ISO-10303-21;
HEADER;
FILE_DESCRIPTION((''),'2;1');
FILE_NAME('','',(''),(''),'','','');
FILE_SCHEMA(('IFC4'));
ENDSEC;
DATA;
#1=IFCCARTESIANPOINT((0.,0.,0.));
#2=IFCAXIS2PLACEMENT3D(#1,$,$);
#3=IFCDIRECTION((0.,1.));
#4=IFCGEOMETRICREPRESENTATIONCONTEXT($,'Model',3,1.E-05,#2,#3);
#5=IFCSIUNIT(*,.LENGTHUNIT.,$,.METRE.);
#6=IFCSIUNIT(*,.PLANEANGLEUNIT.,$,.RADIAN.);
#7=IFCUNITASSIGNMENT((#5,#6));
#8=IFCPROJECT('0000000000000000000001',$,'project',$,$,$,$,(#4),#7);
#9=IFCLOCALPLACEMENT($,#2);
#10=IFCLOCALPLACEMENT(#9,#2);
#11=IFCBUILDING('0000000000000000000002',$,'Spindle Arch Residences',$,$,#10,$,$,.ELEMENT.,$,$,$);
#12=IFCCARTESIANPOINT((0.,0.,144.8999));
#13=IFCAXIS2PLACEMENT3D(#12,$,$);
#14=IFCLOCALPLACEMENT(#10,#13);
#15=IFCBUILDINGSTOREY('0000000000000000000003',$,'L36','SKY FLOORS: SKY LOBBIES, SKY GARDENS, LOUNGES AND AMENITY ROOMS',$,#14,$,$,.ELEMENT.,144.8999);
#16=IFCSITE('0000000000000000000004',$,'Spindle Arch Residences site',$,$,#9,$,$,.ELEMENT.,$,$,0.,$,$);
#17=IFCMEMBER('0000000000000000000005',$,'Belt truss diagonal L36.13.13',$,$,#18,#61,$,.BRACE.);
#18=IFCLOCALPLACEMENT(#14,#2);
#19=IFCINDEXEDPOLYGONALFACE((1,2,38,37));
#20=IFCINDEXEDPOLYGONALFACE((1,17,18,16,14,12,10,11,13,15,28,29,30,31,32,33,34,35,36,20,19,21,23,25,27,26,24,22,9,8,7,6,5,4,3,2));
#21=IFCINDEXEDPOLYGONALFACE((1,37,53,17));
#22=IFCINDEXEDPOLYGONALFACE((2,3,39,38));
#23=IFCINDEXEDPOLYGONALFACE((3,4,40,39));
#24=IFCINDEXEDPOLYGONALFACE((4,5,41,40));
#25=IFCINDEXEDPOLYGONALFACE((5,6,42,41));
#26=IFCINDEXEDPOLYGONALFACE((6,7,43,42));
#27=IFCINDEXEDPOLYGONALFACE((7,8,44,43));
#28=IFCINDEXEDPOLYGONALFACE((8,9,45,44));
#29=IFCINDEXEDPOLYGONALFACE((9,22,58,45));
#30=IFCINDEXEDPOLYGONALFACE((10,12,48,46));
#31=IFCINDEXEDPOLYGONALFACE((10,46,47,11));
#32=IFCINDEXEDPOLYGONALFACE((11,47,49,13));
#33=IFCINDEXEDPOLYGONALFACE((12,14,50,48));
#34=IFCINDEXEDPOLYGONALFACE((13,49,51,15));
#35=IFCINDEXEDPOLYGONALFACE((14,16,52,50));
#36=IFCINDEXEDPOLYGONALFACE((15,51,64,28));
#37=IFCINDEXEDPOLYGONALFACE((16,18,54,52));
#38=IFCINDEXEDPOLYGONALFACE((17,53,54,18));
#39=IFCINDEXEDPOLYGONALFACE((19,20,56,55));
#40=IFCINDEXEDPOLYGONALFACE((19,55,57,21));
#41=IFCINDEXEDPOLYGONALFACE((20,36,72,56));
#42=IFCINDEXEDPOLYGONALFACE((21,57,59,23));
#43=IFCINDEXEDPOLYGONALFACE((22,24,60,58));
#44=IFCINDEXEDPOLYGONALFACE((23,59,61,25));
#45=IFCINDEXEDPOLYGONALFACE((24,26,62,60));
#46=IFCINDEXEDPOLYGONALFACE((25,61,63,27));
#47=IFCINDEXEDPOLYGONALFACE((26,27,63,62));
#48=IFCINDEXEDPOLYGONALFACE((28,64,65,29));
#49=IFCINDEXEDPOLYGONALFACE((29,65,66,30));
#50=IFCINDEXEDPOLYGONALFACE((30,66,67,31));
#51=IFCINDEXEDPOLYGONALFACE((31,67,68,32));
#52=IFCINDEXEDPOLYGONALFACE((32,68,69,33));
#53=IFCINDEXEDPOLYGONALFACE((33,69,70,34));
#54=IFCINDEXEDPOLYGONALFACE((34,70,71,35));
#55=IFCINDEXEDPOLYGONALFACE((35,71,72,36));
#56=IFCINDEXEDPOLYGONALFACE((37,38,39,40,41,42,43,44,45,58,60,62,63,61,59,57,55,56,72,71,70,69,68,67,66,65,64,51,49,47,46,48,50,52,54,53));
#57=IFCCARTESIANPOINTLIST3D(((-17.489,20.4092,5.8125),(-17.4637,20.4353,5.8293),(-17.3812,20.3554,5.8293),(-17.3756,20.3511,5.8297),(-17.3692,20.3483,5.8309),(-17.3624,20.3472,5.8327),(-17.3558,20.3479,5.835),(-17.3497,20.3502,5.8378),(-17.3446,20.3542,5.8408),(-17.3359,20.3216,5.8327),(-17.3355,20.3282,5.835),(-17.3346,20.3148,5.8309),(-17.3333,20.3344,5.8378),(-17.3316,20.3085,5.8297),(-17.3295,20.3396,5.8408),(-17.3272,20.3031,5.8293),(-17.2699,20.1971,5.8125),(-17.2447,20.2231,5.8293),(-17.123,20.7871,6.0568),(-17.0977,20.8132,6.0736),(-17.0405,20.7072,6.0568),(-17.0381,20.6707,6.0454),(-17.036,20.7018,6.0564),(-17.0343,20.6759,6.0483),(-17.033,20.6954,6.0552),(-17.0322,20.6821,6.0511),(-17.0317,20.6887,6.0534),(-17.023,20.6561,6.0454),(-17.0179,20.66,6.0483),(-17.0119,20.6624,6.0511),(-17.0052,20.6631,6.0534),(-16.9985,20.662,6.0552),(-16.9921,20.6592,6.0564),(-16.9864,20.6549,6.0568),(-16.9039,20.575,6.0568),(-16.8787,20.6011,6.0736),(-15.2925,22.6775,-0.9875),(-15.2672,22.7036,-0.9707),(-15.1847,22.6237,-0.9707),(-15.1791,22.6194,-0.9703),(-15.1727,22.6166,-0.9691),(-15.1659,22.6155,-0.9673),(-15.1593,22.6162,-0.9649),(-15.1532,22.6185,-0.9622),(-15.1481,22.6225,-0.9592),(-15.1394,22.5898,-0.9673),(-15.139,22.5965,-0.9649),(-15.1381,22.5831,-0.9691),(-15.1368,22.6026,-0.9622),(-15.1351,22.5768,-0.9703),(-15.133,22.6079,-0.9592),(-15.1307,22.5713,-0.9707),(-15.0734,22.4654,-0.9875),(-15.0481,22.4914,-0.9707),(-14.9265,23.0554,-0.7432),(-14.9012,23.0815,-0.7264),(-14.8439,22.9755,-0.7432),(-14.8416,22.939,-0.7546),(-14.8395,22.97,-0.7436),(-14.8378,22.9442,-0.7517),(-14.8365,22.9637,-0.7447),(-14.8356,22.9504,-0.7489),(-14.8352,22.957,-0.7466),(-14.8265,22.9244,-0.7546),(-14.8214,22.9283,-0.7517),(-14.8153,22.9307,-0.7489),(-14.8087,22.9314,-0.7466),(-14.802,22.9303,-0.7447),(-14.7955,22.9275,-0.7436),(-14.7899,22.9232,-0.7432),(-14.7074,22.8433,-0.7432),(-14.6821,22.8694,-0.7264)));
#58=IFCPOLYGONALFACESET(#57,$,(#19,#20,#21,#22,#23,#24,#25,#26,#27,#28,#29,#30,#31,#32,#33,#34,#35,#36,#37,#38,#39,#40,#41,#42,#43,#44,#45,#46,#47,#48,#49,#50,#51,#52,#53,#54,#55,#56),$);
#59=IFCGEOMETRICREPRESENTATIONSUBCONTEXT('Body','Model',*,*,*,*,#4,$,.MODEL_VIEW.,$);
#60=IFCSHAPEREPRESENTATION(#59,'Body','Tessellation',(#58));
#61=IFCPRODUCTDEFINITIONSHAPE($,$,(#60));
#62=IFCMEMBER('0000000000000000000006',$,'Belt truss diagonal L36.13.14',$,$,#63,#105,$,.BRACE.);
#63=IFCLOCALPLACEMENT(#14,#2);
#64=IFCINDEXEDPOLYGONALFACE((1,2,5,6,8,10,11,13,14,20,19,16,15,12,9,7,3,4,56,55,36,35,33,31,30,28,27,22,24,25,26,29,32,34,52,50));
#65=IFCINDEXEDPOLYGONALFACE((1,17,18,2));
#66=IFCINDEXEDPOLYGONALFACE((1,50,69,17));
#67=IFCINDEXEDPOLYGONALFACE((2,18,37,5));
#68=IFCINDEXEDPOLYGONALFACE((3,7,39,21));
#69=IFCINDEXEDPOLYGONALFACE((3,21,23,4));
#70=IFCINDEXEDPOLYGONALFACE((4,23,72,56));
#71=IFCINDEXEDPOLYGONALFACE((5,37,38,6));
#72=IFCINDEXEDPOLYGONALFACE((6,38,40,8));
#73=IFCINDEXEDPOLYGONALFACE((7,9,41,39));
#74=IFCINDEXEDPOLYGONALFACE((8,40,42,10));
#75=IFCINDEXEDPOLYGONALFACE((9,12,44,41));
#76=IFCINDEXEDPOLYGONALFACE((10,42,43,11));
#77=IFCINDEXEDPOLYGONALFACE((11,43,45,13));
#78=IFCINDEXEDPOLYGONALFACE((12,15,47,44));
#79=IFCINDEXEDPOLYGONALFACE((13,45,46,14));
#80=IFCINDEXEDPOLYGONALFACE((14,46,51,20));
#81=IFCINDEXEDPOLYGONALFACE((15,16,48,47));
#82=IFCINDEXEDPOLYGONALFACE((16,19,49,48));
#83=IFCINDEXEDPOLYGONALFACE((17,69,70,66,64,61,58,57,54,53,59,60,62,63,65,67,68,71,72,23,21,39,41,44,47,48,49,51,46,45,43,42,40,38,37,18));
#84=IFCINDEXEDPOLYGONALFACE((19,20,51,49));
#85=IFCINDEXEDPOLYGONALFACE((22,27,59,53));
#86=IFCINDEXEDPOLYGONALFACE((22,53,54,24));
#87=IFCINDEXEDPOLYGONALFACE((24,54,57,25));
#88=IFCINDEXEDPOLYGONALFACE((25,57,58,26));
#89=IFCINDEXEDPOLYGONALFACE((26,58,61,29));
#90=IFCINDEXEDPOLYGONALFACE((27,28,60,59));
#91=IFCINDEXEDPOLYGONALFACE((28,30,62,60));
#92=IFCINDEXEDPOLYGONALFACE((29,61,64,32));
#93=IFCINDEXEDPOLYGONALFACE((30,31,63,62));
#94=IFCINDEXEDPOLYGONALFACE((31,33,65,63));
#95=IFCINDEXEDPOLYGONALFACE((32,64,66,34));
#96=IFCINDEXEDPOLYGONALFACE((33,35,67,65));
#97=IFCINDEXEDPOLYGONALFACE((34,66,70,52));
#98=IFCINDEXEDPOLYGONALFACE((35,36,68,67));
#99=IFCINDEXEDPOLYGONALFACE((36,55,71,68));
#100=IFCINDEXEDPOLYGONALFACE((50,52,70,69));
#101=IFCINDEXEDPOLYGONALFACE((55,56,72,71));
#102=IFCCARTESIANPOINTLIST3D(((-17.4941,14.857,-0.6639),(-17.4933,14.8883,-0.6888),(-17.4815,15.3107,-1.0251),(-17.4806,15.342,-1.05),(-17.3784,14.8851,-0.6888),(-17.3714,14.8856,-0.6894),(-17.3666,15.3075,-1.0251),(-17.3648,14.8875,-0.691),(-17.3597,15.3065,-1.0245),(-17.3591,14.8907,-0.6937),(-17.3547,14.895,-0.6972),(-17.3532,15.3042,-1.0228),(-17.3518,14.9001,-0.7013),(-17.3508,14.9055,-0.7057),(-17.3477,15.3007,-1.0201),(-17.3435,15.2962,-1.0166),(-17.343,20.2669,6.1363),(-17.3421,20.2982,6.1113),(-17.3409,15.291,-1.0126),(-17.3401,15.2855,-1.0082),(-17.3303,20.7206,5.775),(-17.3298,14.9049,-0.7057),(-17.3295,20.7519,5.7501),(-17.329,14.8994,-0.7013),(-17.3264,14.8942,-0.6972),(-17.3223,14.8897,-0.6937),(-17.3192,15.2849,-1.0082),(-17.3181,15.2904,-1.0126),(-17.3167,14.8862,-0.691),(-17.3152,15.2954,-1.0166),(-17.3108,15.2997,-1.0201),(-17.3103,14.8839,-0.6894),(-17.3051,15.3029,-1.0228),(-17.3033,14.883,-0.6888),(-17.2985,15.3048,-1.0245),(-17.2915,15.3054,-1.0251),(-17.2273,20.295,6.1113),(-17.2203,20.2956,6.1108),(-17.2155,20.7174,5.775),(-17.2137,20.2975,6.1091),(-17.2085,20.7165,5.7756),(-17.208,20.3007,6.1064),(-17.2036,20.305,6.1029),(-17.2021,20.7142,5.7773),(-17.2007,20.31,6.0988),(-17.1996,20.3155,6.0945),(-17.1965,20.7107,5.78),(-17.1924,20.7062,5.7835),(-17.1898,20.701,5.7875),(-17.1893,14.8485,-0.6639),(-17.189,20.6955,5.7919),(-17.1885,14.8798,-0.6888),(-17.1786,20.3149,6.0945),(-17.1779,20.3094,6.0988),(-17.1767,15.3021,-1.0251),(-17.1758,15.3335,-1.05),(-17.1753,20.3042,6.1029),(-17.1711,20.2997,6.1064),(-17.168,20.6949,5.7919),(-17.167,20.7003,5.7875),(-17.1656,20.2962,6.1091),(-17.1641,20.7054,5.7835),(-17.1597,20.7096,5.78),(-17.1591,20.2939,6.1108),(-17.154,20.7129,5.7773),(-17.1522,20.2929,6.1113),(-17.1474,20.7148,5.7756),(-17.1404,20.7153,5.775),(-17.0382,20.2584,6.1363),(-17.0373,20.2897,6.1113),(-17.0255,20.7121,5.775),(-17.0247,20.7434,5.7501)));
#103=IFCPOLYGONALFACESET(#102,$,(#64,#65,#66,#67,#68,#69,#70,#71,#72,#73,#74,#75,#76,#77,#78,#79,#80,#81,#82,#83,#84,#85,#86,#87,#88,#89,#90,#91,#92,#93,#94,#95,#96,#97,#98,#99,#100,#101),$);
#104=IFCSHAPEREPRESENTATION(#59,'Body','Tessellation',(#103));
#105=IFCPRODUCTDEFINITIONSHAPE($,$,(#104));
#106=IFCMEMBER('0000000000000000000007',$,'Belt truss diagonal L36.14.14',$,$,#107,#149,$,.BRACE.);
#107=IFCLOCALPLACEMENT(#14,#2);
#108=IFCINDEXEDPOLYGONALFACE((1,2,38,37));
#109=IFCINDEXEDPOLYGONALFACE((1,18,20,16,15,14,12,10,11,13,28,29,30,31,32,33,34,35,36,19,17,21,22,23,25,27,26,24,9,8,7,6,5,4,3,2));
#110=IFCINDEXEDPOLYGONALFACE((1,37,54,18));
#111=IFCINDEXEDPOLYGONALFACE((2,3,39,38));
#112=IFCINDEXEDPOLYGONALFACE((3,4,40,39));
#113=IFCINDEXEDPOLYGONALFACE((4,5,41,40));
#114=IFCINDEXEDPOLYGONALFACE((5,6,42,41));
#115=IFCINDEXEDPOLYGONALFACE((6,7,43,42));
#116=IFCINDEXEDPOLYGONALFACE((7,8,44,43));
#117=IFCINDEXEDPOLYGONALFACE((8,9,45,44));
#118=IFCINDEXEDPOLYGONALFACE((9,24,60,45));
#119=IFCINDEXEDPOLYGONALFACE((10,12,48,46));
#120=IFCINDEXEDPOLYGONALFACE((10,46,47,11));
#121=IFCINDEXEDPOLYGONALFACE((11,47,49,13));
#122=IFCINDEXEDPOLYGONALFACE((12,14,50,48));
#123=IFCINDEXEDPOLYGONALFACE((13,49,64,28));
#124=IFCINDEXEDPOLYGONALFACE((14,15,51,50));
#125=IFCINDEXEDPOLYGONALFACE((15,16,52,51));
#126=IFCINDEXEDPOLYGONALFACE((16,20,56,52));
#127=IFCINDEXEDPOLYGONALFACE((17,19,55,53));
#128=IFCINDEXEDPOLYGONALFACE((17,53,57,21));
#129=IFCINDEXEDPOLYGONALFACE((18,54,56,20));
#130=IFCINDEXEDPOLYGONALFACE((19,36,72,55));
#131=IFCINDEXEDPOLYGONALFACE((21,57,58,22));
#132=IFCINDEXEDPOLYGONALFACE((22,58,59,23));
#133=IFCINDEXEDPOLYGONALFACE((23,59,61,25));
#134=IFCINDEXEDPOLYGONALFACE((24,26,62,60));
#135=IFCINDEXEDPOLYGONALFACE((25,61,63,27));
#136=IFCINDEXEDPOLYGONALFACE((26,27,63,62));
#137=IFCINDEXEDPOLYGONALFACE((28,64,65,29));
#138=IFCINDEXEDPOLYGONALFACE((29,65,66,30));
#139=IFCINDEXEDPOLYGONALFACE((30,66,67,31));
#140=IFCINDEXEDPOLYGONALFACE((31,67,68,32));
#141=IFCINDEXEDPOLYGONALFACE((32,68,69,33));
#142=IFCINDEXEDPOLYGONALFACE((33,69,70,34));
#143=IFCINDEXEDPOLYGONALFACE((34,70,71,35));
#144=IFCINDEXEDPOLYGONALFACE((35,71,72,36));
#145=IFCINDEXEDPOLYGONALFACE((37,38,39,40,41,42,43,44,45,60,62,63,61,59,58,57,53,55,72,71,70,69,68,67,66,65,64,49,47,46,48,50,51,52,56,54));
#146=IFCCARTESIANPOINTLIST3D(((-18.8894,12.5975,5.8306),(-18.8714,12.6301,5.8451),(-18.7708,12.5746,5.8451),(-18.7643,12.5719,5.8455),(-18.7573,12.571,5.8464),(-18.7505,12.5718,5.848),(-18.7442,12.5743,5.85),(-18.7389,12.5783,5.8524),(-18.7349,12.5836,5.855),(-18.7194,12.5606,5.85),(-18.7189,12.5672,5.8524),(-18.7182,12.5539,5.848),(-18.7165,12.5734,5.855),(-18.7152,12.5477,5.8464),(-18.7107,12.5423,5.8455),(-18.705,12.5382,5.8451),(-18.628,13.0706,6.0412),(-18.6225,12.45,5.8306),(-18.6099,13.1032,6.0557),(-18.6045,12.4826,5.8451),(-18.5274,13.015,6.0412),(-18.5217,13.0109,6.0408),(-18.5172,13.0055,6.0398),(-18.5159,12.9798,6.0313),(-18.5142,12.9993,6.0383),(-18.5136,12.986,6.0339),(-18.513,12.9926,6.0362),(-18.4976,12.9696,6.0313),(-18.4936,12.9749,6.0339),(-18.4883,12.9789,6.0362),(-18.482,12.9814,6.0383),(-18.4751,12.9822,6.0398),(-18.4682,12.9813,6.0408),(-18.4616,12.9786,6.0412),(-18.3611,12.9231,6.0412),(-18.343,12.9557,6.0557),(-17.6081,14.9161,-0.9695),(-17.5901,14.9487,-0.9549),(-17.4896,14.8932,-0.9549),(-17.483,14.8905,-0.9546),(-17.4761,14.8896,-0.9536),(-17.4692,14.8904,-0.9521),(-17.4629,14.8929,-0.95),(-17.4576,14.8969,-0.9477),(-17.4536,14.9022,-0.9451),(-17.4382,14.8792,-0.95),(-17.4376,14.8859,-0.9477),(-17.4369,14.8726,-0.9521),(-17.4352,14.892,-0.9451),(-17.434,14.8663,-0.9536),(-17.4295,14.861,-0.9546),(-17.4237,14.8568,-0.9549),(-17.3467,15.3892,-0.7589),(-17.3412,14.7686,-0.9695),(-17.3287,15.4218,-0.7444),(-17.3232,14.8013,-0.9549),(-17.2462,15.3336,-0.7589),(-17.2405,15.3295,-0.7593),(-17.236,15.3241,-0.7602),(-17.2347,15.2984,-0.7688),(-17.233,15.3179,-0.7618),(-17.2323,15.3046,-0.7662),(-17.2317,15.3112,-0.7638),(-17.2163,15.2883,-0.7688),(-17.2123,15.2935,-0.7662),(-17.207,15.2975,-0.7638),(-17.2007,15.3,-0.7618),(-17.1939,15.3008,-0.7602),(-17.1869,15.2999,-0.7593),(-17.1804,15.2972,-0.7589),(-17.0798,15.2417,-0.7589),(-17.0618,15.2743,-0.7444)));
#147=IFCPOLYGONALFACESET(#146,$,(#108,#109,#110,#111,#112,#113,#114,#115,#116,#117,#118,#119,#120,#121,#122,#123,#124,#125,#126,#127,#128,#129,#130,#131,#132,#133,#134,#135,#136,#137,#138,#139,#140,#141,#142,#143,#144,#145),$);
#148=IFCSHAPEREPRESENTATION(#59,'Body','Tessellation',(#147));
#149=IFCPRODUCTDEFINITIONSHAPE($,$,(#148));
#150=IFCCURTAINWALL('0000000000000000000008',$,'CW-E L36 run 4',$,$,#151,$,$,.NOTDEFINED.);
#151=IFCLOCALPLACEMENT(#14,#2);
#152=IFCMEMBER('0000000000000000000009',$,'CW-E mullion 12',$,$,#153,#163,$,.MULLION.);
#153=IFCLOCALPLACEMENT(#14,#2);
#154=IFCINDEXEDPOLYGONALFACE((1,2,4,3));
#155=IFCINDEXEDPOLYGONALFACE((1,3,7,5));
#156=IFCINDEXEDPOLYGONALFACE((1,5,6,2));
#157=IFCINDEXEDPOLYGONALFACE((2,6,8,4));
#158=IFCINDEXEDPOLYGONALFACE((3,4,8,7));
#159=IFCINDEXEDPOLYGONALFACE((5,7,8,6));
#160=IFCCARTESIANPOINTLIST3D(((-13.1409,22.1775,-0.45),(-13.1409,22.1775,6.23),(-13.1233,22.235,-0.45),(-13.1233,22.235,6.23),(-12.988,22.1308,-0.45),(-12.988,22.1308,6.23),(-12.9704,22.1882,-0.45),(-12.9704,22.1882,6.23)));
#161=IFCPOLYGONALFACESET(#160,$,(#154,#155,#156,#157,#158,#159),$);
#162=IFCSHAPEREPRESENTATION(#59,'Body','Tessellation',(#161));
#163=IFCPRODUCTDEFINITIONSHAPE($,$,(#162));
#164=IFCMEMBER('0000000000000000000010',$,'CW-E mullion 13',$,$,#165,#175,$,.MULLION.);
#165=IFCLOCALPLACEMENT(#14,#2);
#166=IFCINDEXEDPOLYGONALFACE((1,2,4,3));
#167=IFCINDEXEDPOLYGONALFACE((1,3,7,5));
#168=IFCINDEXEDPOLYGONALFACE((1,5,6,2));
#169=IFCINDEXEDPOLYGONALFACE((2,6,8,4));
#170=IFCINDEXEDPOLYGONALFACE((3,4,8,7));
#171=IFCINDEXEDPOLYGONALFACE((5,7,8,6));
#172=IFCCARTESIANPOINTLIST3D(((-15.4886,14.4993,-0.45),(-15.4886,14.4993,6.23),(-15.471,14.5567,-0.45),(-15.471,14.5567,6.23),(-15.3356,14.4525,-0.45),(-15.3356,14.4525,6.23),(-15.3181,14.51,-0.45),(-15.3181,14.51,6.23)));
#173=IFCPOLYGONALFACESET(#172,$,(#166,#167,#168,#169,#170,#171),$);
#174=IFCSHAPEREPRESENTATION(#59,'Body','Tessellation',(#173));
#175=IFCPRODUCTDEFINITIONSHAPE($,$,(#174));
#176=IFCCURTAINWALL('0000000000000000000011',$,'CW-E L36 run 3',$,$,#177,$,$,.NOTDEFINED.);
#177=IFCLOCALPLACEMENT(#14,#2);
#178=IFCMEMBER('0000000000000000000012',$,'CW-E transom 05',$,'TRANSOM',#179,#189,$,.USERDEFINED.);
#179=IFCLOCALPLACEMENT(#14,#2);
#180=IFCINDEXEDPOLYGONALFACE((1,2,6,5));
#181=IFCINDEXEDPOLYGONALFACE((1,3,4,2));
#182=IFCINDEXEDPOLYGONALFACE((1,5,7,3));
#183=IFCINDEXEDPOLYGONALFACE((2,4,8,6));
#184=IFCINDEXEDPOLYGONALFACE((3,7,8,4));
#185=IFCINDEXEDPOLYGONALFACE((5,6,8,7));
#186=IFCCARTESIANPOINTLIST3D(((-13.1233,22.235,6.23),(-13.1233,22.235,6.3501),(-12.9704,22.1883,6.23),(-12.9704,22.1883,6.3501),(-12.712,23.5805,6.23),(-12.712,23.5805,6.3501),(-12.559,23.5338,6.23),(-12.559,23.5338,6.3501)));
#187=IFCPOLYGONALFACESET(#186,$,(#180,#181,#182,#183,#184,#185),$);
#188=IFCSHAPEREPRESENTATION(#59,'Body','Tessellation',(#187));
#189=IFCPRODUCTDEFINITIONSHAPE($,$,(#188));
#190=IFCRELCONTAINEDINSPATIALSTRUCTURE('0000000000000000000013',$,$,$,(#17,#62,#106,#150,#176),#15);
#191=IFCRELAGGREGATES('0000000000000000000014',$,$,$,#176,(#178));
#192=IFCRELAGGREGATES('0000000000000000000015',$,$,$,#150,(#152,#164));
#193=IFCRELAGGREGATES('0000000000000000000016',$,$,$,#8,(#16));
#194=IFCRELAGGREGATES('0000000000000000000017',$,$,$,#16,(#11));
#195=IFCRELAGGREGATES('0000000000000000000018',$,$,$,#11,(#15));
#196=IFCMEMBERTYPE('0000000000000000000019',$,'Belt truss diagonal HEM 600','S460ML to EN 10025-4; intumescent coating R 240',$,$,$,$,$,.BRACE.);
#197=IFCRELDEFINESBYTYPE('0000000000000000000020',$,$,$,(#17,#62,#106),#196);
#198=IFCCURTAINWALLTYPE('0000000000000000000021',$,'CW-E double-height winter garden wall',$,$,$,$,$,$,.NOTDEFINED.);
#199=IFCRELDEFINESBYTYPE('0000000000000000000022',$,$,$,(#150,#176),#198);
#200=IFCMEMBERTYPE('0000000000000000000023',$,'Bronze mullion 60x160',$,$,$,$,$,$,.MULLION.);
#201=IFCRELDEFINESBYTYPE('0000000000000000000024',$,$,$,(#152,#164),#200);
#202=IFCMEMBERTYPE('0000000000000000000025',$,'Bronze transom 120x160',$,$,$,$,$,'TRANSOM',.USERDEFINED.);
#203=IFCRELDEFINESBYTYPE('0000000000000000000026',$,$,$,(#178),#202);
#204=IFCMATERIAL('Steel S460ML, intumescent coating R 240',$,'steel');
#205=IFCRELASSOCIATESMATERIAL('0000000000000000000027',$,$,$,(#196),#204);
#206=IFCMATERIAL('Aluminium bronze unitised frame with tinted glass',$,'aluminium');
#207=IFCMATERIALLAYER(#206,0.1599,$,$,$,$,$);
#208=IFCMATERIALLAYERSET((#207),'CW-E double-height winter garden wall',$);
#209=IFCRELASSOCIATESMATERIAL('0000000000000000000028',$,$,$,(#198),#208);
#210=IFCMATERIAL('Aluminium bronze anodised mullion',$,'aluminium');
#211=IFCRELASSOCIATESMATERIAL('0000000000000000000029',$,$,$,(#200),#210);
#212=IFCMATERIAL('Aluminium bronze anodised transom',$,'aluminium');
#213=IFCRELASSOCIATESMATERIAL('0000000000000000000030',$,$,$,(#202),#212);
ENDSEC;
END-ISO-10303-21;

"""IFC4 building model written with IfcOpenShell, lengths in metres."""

from ifc_helpers import new_model, si_unit, direction, frame, origin, origin_2d, place, context, subcontext, project, spatial, rectangle, i_section, extrude, material, layer, layer_set, material_profile, profile_set, type_object, element, aggregate, save


model = new_model("IFC4")

# Units and contexts
model_context = context("Model", 3, precision=1e-05, world=origin(), true_north=direction((0.0, 1.0)))
body_context = subcontext(model_context, "Body", "Model", "MODEL_VIEW")
ifc_project = project(units=[si_unit("LENGTHUNIT", "METRE"), si_unit("PLANEANGLEUNIT", "RADIAN")], contexts=[model_context])

# Site, building, storey
site_placement = place(None, origin())
site = spatial("IfcSite", under=ifc_project, at=site_placement, Name="Spindle Arch Residences site", CompositionType="ELEMENT", RefElevation=0.0)
building_placement = place(site_placement, origin())
building = spatial("IfcBuilding", under=site, at=building_placement, Name="Spindle Arch Residences", CompositionType="ELEMENT")
storey_placement = place(building_placement, frame((0.0, 0.0, 144.8999)))
storey = spatial("IfcBuildingStorey", under=building, at=storey_placement, Name="L36", Description="SKY FLOORS: SKY LOBBIES, SKY GARDENS, LOUNGES AND AMENITY ROOMS", CompositionType="ELEMENT", Elevation=144.8999)

# Members
ifc_material_1 = material(Name="Steel S460ML, intumescent coating R 240", Category="steel")
ifc_material_profile_1 = material_profile(ifc_material_1, i_section(OverallWidth=0.3049, OverallDepth=0.6201, WebThickness=0.021, FlangeThickness=0.04, FilletRadius=0.0271, at=origin_2d()), Name="HEM 600")
ifc_profile_set_1 = profile_set([ifc_material_profile_1], Name="Steel S460ML, intumescent coating R 240")
member_type_1 = type_object("IfcMemberType", Name="Belt truss diagonal HEM 600", Description="S460ML to EN 10025-4; intumescent coating R 240", PredefinedType="BRACE", material=ifc_profile_set_1)
member_1_placement = place(storey_placement, frame((-14.9873, 22.7734, -0.8569), z_axis=(-0.292974, -0.302547, 0.90699), x_axis=(0.718381, -0.695649, 0.0)))
element("IfcMember", 1, at=member_1_placement, inside=storey, type_object=member_type_1, Name="Belt truss diagonal L36.13.13", PredefinedType="BRACE", context=body_context, shape_type="SweptSolid", body=[
    extrude(i_section(OverallWidth=0.3049, OverallDepth=0.6201, WebThickness=0.021, FlangeThickness=0.04, FilletRadius=0.0271, at=origin_2d()), origin(), (0.0, 0.0, 1.0), 7.4973),
])
member_2_placement = place(storey_placement, frame((-17.335, 15.0952, -0.8569), z_axis=(0.017389, 0.622485, 0.782439), x_axis=(-0.99961, 0.027924, 0.0)))
element("IfcMember", 2, at=member_2_placement, inside=storey, type_object=member_type_1, Name="Belt truss diagonal L36.13.14", PredefinedType="BRACE", context=body_context, shape_type="SweptSolid", body=[
    extrude(i_section(OverallWidth=0.3049, OverallDepth=0.6201, WebThickness=0.021, FlangeThickness=0.04, FilletRadius=0.0271, at=origin_2d()), origin(), (0.0, 0.0, 1.0), 8.6909),
])
member_3_placement = place(storey_placement, frame((-17.335, 15.0952, -0.8569), z_axis=(-0.175566, -0.317712, 0.931792), x_axis=(0.875255, -0.483662, 0.0)))
element("IfcMember", 3, at=member_3_placement, inside=storey, type_object=member_type_1, Name="Belt truss diagonal L36.14.14", PredefinedType="BRACE", context=body_context, shape_type="SweptSolid", body=[
    extrude(i_section(OverallWidth=0.3049, OverallDepth=0.6201, WebThickness=0.021, FlangeThickness=0.04, FilletRadius=0.0271, at=origin_2d()), origin(), (0.0, 0.0, 1.0), 7.2979),
])

# Curtain wall, members
ifc_material_2 = material(Name="Aluminium bronze unitised frame with tinted glass", Category="aluminium")
ifc_layer_1 = layer(ifc_material_2, 0.1599)
ifc_layer_set_1 = layer_set([ifc_layer_1], Name="CW-E double-height winter garden wall")
curtain_wall_type = type_object("IfcCurtainWallType", Name="CW-E double-height winter garden wall", PredefinedType="NOTDEFINED", material=ifc_layer_set_1)
curtain_wall_1_placement = place(storey_placement, origin())
curtain_wall_1 = element("IfcCurtainWall", 4, at=curtain_wall_1_placement, inside=storey, type_object=curtain_wall_type, Name="CW-E L36 run 4", PredefinedType="NOTDEFINED")
ifc_material_3 = material(Name="Aluminium bronze anodised mullion", Category="aluminium")
ifc_material_profile_2 = material_profile(ifc_material_3, rectangle(XDim=0.1599, YDim=0.0601, at=origin_2d()), Name="MU 60x160")
ifc_profile_set_2 = profile_set([ifc_material_profile_2], Name="Aluminium bronze anodised mullion")
member_type_2 = type_object("IfcMemberType", Name="Bronze mullion 60x160", PredefinedType="MULLION", material=ifc_profile_set_2)
member_4_placement = place(storey_placement, frame((-13.0557, 22.1829, -0.45), z_axis=(0.0, 0.0, 1.0), x_axis=(0.956305, -0.292372, 0.0)))
member_4 = element("IfcMember", 5, at=member_4_placement, type_object=member_type_2, Name="CW-E mullion 12", PredefinedType="MULLION", context=body_context, shape_type="SweptSolid", body=[
    extrude(rectangle(XDim=0.1599, YDim=0.0601, at=origin_2d()), origin(), (0.0, 0.0, 1.0), 6.6799),
])
member_5_placement = place(storey_placement, frame((-15.4033, 14.5046, -0.45), z_axis=(0.0, 0.0, 1.0), x_axis=(0.956305, -0.292372, 0.0)))
member_5 = element("IfcMember", 6, at=member_5_placement, type_object=member_type_2, Name="CW-E mullion 13", PredefinedType="MULLION", context=body_context, shape_type="SweptSolid", body=[
    extrude(rectangle(XDim=0.1599, YDim=0.0601, at=origin_2d()), origin(), (0.0, 0.0, 1.0), 6.6799),
])

# Curtain wall, member
curtain_wall_2_placement = place(storey_placement, origin())
curtain_wall_2 = element("IfcCurtainWall", 7, at=curtain_wall_2_placement, inside=storey, type_object=curtain_wall_type, Name="CW-E L36 run 3", PredefinedType="NOTDEFINED")
ifc_material_4 = material(Name="Aluminium bronze anodised transom", Category="aluminium")
ifc_material_profile_3 = material_profile(ifc_material_4, rectangle(XDim=0.1599, YDim=0.1201, at=origin_2d()), Name="TR 120x160")
ifc_profile_set_3 = profile_set([ifc_material_profile_3], Name="Aluminium bronze anodised transom")
member_type_3 = type_object("IfcMemberType", Name="Bronze transom 120x160", ElementType="TRANSOM", PredefinedType="USERDEFINED", material=ifc_profile_set_3)
member_6_placement = place(storey_placement, frame((-12.6355, 23.5571, 6.29), z_axis=(-0.29239, -0.956299, 0.0), x_axis=(0.956299, -0.29239, 0.0)))
member_6 = element("IfcMember", 8, at=member_6_placement, type_object=member_type_3, Name="CW-E transom 05", ObjectType="TRANSOM", PredefinedType="USERDEFINED", context=body_context, shape_type="SweptSolid", body=[
    extrude(rectangle(XDim=0.1599, YDim=0.1201, at=origin_2d()), origin(), (0.0, 0.0, 1.0), 1.407),
])

aggregate(curtain_wall_2, [member_6])
aggregate(curtain_wall_1, [member_4, member_5])

save(model, "model.ifc")
